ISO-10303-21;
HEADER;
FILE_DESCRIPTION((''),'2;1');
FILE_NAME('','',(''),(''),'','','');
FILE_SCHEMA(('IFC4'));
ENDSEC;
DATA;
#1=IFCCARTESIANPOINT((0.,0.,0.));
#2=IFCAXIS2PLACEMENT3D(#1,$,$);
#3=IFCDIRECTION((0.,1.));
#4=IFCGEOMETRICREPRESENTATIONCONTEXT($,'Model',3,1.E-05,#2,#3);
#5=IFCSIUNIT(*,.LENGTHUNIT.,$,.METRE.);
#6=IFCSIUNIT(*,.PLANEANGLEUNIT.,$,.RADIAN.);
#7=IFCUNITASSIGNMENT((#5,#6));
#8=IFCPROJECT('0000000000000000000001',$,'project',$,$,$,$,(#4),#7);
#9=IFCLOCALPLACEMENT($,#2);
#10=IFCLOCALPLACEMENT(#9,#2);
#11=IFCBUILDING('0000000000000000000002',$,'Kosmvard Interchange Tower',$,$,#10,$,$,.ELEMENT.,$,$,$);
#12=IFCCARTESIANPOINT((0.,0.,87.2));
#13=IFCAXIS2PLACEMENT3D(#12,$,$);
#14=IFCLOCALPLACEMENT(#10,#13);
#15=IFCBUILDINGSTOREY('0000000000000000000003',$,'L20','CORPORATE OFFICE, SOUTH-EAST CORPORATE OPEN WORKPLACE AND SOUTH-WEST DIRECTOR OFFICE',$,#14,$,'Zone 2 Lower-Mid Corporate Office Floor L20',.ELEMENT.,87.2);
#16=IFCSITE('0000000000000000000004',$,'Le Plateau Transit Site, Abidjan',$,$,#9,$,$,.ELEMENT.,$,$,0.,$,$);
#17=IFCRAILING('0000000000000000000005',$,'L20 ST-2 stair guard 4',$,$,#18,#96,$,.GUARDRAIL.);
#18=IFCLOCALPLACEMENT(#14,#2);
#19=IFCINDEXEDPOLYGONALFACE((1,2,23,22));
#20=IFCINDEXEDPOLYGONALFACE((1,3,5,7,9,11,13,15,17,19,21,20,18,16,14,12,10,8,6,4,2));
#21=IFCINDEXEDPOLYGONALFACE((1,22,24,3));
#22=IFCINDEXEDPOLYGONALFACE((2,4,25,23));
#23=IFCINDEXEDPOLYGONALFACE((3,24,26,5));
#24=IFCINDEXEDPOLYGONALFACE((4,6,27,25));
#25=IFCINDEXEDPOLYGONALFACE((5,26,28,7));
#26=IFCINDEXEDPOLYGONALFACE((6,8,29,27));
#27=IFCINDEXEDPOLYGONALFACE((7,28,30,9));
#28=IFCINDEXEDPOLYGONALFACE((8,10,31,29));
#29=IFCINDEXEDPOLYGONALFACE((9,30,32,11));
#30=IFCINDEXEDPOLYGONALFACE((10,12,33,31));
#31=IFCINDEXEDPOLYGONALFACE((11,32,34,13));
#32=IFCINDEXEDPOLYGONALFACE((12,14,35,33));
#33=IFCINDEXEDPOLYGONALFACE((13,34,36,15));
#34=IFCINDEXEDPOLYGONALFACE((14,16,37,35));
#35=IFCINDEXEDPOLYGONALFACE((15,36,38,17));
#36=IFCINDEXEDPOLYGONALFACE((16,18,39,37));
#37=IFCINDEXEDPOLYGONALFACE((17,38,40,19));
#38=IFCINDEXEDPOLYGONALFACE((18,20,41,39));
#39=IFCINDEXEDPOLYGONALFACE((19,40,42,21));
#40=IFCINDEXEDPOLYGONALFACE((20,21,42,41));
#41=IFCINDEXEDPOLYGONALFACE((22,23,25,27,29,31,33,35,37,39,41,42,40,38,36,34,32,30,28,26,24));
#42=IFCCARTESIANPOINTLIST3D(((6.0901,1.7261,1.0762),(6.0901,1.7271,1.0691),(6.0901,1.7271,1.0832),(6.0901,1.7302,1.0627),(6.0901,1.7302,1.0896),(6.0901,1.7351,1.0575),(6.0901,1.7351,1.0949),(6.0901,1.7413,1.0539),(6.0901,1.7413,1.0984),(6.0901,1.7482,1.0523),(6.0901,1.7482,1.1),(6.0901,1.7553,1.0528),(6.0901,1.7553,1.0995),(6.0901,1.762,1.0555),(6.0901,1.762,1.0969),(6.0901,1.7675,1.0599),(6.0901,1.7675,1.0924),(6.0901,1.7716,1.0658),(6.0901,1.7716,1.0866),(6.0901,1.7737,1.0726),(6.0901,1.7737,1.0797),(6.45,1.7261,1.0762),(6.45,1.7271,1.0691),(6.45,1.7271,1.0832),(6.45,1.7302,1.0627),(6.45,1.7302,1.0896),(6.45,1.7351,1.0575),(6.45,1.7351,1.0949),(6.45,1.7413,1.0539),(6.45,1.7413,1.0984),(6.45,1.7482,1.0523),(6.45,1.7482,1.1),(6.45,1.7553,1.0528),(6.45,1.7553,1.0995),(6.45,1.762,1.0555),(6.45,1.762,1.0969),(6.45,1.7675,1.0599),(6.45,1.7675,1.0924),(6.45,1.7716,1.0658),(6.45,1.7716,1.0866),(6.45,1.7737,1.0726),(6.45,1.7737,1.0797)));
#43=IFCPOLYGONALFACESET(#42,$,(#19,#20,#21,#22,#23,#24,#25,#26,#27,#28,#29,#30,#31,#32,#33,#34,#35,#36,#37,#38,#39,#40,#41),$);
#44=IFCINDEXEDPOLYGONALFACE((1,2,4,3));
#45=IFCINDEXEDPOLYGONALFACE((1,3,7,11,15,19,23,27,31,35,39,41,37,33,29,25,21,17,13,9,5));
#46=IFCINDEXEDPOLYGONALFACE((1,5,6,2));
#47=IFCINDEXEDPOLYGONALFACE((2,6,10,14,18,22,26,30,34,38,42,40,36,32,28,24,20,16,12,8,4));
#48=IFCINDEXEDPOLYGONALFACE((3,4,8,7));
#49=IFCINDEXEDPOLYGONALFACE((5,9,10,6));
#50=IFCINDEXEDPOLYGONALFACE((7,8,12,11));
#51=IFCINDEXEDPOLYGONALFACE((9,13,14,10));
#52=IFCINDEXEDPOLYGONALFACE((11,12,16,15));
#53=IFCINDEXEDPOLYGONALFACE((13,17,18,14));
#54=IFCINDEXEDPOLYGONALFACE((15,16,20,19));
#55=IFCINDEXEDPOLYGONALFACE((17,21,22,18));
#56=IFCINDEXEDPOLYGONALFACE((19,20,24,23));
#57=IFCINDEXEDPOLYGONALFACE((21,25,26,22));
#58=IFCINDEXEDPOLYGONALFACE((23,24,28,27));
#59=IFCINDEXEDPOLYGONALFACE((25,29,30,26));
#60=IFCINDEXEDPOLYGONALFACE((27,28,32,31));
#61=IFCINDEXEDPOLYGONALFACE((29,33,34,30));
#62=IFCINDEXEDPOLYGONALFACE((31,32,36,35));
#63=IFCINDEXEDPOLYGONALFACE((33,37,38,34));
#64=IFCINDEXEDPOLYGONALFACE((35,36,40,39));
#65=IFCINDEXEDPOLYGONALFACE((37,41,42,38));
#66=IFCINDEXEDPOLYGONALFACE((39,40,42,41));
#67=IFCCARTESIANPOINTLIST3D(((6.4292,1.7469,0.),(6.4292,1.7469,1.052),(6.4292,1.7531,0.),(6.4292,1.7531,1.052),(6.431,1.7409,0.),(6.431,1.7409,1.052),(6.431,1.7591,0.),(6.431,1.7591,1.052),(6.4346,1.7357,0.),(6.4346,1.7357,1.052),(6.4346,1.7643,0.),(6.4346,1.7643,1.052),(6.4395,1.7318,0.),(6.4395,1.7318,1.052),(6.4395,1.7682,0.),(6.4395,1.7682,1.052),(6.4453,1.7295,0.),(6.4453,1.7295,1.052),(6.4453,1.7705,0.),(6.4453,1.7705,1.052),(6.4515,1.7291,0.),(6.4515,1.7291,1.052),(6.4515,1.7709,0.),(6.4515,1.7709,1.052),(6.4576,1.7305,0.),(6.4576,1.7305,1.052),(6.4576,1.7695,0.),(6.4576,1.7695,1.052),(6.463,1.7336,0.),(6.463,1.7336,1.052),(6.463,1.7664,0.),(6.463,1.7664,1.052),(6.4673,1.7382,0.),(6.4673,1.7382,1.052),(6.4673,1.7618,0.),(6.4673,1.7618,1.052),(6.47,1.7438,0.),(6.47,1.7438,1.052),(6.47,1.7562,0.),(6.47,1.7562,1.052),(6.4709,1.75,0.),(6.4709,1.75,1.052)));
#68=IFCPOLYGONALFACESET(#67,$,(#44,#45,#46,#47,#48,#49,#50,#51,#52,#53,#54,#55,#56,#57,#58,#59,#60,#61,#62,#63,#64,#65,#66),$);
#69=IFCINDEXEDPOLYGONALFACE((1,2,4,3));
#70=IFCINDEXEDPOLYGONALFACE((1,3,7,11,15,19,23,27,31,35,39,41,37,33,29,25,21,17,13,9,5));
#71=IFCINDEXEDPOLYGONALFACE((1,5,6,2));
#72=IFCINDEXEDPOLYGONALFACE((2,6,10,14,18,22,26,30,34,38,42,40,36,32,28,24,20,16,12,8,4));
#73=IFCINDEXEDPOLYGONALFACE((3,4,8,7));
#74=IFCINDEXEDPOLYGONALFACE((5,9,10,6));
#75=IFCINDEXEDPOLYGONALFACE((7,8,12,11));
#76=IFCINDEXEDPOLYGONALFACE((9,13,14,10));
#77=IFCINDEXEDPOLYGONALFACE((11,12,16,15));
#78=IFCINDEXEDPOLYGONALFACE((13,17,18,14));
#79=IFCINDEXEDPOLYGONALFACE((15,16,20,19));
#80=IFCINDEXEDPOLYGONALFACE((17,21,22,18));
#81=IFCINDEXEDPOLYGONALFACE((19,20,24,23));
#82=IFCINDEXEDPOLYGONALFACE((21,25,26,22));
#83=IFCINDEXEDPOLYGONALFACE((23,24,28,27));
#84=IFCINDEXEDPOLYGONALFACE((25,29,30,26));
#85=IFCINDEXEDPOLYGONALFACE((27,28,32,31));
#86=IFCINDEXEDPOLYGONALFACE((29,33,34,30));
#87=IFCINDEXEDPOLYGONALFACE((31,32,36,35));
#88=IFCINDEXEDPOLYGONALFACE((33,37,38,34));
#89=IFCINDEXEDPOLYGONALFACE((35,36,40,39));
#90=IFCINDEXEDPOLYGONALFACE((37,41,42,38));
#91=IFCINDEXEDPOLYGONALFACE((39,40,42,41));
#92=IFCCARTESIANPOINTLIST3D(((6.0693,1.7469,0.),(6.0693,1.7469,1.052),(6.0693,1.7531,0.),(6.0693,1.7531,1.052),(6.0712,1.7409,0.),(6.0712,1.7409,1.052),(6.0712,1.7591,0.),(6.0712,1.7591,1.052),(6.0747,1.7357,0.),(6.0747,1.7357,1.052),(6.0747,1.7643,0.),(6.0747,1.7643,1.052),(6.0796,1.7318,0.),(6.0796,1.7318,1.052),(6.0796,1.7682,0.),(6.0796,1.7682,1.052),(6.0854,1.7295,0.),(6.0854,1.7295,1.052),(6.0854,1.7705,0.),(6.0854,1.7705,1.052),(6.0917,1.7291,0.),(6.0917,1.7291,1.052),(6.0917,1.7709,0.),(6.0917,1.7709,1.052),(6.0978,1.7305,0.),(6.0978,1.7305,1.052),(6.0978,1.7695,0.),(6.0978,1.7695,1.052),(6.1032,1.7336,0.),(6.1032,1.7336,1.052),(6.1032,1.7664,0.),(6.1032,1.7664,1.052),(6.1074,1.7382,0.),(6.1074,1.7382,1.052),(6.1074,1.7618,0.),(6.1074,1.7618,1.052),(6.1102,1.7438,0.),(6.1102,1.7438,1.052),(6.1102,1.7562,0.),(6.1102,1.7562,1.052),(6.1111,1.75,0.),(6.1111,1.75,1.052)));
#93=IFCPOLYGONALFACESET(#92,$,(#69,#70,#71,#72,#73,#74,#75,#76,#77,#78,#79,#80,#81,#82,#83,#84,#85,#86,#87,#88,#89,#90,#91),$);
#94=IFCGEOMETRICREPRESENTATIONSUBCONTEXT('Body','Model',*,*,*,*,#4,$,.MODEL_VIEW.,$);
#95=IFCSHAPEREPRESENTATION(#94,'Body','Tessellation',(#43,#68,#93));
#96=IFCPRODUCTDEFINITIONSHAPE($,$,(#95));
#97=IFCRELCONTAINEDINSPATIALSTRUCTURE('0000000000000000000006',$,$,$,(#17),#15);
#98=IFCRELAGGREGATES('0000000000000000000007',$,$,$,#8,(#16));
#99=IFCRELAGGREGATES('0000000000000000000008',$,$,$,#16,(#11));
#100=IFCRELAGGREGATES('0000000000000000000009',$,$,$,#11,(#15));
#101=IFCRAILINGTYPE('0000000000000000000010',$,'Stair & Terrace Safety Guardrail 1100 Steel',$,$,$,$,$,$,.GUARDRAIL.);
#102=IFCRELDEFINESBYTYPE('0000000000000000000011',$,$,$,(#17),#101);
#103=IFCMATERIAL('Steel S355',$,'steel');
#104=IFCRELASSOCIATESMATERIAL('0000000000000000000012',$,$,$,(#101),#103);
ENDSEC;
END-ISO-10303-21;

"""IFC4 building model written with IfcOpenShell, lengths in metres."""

from ifc_helpers import new_model, si_unit, direction, frame, origin, origin_2d, place, context, subcontext, project, spatial, circle, extrude, source, transform, mapped, material, type_object, element, save


model = new_model("IFC4")

# Units and contexts
model_context = context("Model", 3, precision=1e-05, world=origin(), true_north=direction((0.0, 1.0)))
body_context = subcontext(model_context, "Body", "Model", "MODEL_VIEW")
ifc_project = project(units=[si_unit("LENGTHUNIT", "METRE"), si_unit("PLANEANGLEUNIT", "RADIAN")], contexts=[model_context])

# Site, building, storey
site_placement = place(None, origin())
site = spatial("IfcSite", under=ifc_project, at=site_placement, Name="Le Plateau Transit Site, Abidjan", CompositionType="ELEMENT", RefElevation=0.0)
building_placement = place(site_placement, origin())
building = spatial("IfcBuilding", under=site, at=building_placement, Name="Kosmvard Interchange Tower", CompositionType="ELEMENT")
storey_placement = place(building_placement, frame((0.0, 0.0, 87.2)))
storey = spatial("IfcBuildingStorey", under=building, at=storey_placement, Name="L20", Description="CORPORATE OFFICE, SOUTH-EAST CORPORATE OPEN WORKPLACE AND SOUTH-WEST DIRECTOR OFFICE", LongName="Zone 2 Lower-Mid Corporate Office Floor L20", CompositionType="ELEMENT", Elevation=87.2)

# Shared definitions
ifc_material_1 = material(Name="Steel S355", Category="steel")

# Railing
railing_type_1 = type_object("IfcRailingType", Name="Stair & Terrace Safety Guardrail 1100 Steel", PredefinedType="GUARDRAIL", material=ifc_material_1)
shared_shape_1 = source(origin(), body_context, "Body", "SweptSolid", [
    extrude(circle(Radius=0.0239, at=origin_2d()), frame((0.0, 0.0, 1.0762), z_axis=(-1.0, 0.0, 0.0), x_axis=(0.0, -1.0, 0.0)), (0.0, 0.0, 1.0), 0.3599),
    extrude(circle(Radius=0.021, at=origin_2d()), origin(), (0.0, 0.0, 1.0), 1.052),
    extrude(circle(Radius=0.021, at=origin_2d()), frame((-0.3599, 0.0, 0.0)), (0.0, 0.0, 1.0), 1.052),
])
for number, where, name in (
    (1, (6.45, 1.75, 0.0), "L20 ST-2 stair guard 4"),
):
    element("IfcRailing", number, at=place(storey_placement, frame(where)), inside=storey, type_object=railing_type_1, Name=name, PredefinedType="GUARDRAIL", context=body_context, shape_type="MappedRepresentation", body=[
        mapped(shared_shape_1, transform((0.0, 0.0, 0.0), scale=1.0)),
    ])

save(model, "model.ifc")
